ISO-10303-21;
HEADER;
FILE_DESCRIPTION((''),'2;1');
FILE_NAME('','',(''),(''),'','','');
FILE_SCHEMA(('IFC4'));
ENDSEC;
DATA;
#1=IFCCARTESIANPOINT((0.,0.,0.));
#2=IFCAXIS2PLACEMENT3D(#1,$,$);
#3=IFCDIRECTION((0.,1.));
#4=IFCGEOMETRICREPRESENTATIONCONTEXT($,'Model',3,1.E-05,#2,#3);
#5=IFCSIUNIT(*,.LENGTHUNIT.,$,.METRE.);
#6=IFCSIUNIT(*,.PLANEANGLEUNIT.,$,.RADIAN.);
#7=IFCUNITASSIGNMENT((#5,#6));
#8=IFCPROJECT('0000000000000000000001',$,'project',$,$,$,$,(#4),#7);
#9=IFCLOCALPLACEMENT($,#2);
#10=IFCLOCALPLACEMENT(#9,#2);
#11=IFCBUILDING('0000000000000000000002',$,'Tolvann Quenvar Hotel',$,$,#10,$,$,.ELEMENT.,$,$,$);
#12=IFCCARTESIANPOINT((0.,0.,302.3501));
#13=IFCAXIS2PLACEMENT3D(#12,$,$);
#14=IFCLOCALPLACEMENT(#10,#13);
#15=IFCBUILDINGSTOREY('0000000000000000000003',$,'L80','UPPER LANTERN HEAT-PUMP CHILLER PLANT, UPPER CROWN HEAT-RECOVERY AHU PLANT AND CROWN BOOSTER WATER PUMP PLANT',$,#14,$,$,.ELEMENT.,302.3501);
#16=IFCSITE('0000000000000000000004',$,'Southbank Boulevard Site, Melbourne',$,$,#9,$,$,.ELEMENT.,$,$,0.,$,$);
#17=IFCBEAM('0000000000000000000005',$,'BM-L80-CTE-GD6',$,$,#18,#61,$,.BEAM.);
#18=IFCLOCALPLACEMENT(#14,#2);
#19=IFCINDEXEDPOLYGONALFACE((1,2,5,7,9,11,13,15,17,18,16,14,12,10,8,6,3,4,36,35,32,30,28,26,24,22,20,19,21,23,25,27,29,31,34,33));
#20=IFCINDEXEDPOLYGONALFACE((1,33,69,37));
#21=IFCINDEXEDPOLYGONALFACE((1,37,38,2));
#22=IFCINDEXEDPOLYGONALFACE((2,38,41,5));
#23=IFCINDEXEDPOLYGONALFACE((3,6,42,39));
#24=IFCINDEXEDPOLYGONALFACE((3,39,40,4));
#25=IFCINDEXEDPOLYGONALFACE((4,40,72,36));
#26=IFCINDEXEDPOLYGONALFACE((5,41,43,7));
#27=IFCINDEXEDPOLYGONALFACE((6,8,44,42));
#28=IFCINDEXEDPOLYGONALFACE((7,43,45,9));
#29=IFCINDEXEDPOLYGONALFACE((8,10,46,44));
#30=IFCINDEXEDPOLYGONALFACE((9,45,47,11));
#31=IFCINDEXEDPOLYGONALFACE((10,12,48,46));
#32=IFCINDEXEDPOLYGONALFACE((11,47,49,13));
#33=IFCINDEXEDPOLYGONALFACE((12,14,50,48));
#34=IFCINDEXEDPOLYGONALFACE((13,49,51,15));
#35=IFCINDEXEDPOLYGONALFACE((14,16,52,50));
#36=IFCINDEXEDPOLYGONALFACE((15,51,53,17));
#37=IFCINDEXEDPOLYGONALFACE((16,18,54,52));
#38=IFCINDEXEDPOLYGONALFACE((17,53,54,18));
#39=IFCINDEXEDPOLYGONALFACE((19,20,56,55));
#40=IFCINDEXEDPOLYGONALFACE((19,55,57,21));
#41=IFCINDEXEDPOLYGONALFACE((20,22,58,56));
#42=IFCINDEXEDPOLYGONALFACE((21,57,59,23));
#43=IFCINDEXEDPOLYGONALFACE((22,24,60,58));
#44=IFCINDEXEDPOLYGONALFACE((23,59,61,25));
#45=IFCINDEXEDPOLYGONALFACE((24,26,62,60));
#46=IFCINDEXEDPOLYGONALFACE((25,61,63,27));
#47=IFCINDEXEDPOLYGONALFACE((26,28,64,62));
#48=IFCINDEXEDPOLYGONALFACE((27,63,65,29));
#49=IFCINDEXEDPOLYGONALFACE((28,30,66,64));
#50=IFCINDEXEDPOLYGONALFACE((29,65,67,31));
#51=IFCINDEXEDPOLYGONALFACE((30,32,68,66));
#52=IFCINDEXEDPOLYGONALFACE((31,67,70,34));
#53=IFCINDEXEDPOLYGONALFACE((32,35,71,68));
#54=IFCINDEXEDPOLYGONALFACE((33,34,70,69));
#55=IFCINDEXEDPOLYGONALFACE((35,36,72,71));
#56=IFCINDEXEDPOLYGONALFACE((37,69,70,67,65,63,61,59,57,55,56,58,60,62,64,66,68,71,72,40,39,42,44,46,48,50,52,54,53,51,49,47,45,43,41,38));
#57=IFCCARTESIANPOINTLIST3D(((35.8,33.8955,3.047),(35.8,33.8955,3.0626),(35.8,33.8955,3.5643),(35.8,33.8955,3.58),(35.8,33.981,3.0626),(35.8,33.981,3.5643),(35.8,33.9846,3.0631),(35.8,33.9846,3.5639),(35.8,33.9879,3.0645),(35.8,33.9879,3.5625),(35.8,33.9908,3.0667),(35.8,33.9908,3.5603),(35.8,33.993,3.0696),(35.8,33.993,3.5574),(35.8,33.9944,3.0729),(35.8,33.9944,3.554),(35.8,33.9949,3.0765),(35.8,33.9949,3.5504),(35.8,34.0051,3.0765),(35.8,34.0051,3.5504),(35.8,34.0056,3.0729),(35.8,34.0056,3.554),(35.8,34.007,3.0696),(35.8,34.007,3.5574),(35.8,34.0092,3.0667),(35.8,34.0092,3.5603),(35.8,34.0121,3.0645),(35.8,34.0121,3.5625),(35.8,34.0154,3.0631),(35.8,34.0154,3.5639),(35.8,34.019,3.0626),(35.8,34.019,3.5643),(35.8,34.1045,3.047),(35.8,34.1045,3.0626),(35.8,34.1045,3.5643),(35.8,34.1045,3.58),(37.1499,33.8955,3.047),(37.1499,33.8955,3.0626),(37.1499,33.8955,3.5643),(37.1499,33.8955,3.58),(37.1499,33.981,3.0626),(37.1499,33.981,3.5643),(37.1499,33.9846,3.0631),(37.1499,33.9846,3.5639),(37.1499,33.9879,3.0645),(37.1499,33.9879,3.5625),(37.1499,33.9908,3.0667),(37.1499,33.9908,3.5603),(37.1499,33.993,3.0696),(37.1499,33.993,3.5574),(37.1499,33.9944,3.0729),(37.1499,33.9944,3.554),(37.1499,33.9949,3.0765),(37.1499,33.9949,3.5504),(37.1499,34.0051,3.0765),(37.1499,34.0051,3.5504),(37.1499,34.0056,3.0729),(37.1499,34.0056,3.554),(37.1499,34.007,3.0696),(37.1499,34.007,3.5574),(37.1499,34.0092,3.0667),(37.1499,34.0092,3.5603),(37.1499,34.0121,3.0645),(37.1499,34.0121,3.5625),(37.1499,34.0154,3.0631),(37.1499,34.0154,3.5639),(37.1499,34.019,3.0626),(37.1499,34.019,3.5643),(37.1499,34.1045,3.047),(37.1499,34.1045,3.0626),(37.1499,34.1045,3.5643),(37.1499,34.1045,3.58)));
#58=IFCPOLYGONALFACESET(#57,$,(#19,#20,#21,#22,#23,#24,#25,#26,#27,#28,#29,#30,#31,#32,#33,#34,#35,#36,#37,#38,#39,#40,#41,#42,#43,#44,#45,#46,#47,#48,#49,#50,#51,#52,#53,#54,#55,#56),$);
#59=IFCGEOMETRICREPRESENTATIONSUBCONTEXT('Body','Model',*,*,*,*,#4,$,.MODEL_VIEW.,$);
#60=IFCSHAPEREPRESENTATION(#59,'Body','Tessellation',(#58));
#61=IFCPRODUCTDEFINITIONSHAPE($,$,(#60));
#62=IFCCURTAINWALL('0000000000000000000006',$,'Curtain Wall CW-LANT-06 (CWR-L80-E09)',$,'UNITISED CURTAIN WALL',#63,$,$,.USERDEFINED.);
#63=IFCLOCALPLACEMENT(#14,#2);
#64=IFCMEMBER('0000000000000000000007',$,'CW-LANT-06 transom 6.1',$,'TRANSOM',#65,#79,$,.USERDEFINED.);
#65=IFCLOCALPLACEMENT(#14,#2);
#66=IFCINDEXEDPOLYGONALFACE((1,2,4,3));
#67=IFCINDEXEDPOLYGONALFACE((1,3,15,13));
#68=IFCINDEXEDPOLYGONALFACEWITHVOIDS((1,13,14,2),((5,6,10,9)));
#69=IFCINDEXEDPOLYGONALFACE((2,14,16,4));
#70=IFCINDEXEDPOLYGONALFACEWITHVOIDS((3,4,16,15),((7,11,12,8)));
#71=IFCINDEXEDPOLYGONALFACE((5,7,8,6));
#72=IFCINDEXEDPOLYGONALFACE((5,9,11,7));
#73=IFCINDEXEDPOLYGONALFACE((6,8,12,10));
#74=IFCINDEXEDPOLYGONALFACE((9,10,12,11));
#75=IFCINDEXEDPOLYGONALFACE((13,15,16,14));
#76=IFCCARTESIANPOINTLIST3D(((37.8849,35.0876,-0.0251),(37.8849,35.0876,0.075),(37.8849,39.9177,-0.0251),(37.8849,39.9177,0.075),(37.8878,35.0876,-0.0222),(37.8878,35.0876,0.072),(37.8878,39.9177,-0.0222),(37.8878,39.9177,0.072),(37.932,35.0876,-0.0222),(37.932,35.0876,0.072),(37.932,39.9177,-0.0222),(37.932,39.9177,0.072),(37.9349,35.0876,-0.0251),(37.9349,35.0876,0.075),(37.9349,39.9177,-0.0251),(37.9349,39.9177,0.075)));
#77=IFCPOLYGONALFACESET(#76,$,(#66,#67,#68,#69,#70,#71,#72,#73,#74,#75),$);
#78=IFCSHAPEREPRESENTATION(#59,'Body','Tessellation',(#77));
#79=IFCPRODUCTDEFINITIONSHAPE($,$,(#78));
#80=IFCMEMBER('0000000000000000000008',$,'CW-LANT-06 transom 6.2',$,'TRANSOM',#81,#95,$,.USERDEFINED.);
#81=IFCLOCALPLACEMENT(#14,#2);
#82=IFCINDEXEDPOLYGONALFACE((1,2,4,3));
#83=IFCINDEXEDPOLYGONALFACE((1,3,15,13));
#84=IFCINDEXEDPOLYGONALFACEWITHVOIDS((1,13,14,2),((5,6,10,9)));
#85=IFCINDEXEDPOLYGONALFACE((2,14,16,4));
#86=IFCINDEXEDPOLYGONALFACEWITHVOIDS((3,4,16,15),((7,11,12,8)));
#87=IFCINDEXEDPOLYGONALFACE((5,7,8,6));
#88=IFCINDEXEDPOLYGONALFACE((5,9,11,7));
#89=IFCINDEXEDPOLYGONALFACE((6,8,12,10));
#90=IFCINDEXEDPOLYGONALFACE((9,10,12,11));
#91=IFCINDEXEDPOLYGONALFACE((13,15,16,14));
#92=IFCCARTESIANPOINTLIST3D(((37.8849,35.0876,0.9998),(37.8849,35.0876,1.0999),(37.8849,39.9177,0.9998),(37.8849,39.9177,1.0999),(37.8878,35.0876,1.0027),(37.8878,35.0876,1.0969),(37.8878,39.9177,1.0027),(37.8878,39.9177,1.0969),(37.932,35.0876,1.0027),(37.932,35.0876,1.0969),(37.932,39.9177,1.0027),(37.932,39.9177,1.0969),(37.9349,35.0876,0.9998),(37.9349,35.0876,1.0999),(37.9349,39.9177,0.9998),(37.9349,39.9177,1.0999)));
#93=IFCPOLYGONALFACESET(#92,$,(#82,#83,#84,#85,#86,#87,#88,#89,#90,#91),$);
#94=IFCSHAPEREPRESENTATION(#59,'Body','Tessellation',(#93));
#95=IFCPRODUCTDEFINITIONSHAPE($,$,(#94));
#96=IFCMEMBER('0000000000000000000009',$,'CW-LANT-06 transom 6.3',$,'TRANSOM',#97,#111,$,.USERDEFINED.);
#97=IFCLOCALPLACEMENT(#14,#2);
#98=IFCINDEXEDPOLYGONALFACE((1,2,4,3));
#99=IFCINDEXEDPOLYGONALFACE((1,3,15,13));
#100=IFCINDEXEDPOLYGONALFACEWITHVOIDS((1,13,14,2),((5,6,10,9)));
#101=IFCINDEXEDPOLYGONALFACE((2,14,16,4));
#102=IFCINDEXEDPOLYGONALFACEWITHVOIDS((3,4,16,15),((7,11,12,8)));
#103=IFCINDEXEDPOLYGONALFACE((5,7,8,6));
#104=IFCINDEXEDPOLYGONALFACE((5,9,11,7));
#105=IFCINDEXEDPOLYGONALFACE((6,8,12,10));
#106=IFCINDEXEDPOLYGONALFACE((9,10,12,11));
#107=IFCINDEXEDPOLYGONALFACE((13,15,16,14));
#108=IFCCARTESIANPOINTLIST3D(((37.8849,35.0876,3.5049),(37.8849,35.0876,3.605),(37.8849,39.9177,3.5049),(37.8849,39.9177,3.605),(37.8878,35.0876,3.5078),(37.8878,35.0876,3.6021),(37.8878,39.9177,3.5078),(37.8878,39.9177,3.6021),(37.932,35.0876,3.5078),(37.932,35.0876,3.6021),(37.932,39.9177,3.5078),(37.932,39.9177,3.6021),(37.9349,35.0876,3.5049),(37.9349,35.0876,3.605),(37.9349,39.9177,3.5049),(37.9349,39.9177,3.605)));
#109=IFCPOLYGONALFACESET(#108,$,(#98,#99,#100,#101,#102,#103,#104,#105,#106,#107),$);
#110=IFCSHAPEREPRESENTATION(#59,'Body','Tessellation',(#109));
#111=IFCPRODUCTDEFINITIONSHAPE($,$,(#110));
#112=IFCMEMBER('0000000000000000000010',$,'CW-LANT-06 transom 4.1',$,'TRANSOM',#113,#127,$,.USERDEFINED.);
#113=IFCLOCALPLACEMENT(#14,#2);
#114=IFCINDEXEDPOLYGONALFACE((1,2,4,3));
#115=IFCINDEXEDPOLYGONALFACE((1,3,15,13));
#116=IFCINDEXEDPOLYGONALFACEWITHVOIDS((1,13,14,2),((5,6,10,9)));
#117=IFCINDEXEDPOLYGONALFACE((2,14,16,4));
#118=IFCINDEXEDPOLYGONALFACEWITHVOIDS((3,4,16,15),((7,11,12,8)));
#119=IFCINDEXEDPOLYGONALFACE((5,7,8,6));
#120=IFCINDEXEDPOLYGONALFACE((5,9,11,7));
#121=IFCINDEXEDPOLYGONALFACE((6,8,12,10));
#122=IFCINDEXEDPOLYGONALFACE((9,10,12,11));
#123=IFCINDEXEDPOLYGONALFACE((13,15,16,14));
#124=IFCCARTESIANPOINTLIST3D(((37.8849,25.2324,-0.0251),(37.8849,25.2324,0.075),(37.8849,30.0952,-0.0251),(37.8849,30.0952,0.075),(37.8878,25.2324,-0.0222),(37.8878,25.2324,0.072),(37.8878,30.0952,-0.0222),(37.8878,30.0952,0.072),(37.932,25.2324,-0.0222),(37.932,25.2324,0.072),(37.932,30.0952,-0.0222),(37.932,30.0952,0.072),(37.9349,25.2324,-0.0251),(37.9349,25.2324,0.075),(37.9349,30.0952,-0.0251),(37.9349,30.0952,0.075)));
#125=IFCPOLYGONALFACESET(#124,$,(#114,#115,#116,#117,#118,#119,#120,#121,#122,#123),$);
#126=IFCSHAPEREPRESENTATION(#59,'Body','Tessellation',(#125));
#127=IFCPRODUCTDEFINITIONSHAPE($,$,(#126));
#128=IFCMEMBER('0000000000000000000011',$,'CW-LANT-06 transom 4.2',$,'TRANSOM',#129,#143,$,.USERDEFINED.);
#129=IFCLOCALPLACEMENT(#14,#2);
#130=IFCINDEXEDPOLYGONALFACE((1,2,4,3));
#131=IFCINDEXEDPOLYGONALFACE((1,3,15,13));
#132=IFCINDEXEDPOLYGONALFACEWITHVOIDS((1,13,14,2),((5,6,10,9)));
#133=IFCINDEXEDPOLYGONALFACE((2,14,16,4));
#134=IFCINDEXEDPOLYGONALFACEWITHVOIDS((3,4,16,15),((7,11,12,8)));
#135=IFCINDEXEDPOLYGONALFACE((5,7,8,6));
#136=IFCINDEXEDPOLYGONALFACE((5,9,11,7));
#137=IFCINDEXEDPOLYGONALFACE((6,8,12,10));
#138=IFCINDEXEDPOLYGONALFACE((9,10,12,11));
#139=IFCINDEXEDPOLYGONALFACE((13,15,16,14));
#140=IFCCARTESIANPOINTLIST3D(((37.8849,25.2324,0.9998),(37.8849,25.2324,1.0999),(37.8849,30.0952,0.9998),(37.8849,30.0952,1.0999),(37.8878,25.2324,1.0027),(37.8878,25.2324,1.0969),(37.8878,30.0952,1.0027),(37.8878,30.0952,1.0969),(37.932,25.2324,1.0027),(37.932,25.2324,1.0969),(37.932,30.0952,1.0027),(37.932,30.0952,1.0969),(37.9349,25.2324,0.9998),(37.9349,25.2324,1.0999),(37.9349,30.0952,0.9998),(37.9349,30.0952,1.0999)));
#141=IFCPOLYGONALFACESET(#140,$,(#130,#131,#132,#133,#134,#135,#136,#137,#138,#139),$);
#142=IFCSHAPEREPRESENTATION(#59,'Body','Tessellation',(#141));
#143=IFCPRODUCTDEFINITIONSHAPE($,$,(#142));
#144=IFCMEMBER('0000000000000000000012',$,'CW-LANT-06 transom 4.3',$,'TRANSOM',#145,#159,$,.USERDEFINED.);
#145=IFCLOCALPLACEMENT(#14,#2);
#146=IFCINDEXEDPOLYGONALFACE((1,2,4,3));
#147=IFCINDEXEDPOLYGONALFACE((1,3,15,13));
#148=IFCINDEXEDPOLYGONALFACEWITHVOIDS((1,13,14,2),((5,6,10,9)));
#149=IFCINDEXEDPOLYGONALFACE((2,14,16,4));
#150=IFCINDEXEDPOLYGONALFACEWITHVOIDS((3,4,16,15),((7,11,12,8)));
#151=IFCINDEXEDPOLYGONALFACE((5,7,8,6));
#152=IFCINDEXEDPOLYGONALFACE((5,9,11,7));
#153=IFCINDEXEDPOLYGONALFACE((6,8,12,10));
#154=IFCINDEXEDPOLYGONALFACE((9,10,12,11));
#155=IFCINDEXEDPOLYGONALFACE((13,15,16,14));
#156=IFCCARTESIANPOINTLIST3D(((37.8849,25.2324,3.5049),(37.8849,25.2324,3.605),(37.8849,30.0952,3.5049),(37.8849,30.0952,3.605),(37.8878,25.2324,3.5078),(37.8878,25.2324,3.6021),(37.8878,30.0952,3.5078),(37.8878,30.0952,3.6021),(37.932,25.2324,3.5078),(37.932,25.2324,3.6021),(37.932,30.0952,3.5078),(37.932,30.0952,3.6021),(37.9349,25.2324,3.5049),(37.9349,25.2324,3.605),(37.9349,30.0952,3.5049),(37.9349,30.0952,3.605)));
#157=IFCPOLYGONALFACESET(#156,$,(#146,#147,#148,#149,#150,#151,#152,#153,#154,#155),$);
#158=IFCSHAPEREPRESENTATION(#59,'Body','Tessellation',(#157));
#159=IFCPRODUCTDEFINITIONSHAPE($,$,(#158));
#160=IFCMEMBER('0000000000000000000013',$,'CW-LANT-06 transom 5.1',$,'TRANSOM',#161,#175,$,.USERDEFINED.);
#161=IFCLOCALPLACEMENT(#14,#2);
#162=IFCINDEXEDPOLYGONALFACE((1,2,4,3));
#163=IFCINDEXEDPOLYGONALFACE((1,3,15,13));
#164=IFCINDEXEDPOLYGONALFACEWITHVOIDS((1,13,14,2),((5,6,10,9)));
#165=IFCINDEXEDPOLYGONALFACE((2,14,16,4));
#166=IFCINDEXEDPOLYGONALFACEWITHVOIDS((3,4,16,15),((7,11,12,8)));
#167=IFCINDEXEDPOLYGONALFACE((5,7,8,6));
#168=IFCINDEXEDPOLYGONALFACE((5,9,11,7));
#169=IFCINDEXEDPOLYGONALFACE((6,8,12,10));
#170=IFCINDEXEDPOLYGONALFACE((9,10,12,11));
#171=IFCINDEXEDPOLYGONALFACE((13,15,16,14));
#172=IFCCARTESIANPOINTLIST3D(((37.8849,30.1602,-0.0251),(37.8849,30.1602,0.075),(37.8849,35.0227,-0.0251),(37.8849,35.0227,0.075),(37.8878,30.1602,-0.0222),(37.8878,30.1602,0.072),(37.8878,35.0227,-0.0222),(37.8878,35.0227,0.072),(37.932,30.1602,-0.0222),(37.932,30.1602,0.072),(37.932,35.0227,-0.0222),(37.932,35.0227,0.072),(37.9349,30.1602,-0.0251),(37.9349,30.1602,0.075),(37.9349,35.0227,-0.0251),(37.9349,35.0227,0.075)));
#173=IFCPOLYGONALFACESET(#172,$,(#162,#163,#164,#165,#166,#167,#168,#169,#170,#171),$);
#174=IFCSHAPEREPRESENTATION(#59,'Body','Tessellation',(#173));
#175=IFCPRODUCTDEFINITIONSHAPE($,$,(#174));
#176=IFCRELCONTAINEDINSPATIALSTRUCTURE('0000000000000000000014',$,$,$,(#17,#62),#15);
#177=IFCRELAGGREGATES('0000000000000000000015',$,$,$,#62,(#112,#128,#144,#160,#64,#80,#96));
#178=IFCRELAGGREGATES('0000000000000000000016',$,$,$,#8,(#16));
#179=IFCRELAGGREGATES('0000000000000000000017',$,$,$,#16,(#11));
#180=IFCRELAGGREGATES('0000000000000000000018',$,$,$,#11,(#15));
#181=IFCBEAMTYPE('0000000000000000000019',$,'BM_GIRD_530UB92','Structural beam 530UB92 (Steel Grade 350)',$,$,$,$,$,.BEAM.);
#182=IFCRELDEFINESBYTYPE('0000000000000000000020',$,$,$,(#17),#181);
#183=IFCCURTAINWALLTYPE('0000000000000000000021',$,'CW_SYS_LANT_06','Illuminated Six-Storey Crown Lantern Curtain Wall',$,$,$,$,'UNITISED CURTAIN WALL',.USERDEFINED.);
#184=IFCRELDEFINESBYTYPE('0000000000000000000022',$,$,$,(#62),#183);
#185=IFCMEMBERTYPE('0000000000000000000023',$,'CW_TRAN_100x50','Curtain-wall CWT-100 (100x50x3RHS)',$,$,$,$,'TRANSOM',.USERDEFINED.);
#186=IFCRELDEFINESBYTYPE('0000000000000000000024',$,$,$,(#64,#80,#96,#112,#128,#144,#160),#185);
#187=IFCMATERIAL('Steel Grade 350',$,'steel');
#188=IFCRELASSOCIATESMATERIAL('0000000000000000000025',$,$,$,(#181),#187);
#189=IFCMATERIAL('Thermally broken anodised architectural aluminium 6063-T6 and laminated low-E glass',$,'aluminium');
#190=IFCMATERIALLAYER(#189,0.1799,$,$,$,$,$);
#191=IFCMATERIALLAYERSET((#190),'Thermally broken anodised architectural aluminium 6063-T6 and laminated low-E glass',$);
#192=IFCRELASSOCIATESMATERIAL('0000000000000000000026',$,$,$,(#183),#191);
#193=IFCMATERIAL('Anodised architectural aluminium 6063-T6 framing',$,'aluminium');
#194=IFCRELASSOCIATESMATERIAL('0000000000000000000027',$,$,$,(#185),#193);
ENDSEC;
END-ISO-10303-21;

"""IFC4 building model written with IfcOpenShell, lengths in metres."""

from ifc_helpers import new_model, si_unit, direction, frame, origin, origin_2d, place, context, subcontext, project, spatial, hollow_rectangle, i_section, extrude, source, transform, mapped, material, layer, layer_set, material_profile, profile_set, type_object, type_shapes, element, aggregate, save


model = new_model("IFC4")

# Units and contexts
model_context = context("Model", 3, precision=1e-05, world=origin(), true_north=direction((0.0, 1.0)))
body_context = subcontext(model_context, "Body", "Model", "MODEL_VIEW")
ifc_project = project(units=[si_unit("LENGTHUNIT", "METRE"), si_unit("PLANEANGLEUNIT", "RADIAN")], contexts=[model_context])

# Site, building, storey
site_placement = place(None, origin())
site = spatial("IfcSite", under=ifc_project, at=site_placement, Name="Southbank Boulevard Site, Melbourne", CompositionType="ELEMENT", RefElevation=0.0)
building_placement = place(site_placement, origin())
building = spatial("IfcBuilding", under=site, at=building_placement, Name="Tolvann Quenvar Hotel", CompositionType="ELEMENT")
storey_placement = place(building_placement, frame((0.0, 0.0, 302.3501)))
storey = spatial("IfcBuildingStorey", under=building, at=storey_placement, Name="L80", Description="UPPER LANTERN HEAT-PUMP CHILLER PLANT, UPPER CROWN HEAT-RECOVERY AHU PLANT AND CROWN BOOSTER WATER PUMP PLANT", CompositionType="ELEMENT", Elevation=302.3501)

# Shared definitions
ifc_material_1 = material(Name="Steel Grade 350", Category="steel")

# Beam
ifc_material_profile_1 = material_profile(ifc_material_1, i_section(OverallWidth=0.209, OverallDepth=0.533, WebThickness=0.0103, FlangeThickness=0.0156, FilletRadius=0.0139, at=origin_2d()), Name="530UB92")
ifc_profile_set_1 = profile_set([ifc_material_profile_1], Name="Steel Grade 350")
beam_type_1 = type_object("IfcBeamType", Name="BM_GIRD_530UB92", Description="Structural beam 530UB92 (Steel Grade 350)", PredefinedType="BEAM", material=ifc_profile_set_1)
shared_shape_1 = source(origin(), body_context, "Body", "SweptSolid", [
    extrude(i_section(OverallWidth=0.209, OverallDepth=0.533, WebThickness=0.0103, FlangeThickness=0.0156, FilletRadius=0.0139, at=origin_2d()), origin(), (0.0, 0.0, 1.0), 1.3499),
])
type_shapes(beam_type_1, [shared_shape_1])
beam_1_placement = place(storey_placement, frame((35.8, 34.0, 3.3135), z_axis=(1.0, 0.0, 0.0), x_axis=(0.0, 1.0, 0.0)))
element("IfcBeam", 1, at=beam_1_placement, inside=storey, type_object=beam_type_1, Name="BM-L80-CTE-GD6", PredefinedType="BEAM", context=body_context, shape_type="MappedRepresentation", body=[
    mapped(shared_shape_1, transform((0.0, 0.0, 0.0), x_axis=(1.0, 0.0, 0.0), y_axis=(0.0, 1.0, 0.0), z_axis=(0.0, 0.0, 1.0), scale=1.0)),
])

# Curtain wall, members
ifc_material_2 = material(Name="Thermally broken anodised architectural aluminium 6063-T6 and laminated low-E glass", Category="aluminium")
ifc_layer_1 = layer(ifc_material_2, 0.1799)
ifc_layer_set_1 = layer_set([ifc_layer_1], Name="Thermally broken anodised architectural aluminium 6063-T6 and laminated low-E glass")
curtain_wall_type = type_object("IfcCurtainWallType", Name="CW_SYS_LANT_06", Description="Illuminated Six-Storey Crown Lantern Curtain Wall", ElementType="UNITISED CURTAIN WALL", PredefinedType="USERDEFINED", material=ifc_layer_set_1)
curtain_wall_placement = place(storey_placement, origin())
curtain_wall = element("IfcCurtainWall", 2, at=curtain_wall_placement, inside=storey, type_object=curtain_wall_type, Name="Curtain Wall CW-LANT-06 (CWR-L80-E09)", ObjectType="UNITISED CURTAIN WALL", PredefinedType="USERDEFINED")
ifc_material_3 = material(Name="Anodised architectural aluminium 6063-T6 framing", Category="aluminium")
ifc_material_profile_2 = material_profile(ifc_material_3, hollow_rectangle(XDim=0.05, YDim=0.1001, WallThickness=0.0029, at=origin_2d()), Name="100x50x3RHS")
ifc_profile_set_2 = profile_set([ifc_material_profile_2], Name="Anodised architectural aluminium 6063-T6 framing")
member_type_1 = type_object("IfcMemberType", Name="CW_TRAN_100x50", Description="Curtain-wall CWT-100 (100x50x3RHS)", ElementType="TRANSOM", PredefinedType="USERDEFINED", material=ifc_profile_set_2)
shared_shape_2 = source(origin(), body_context, "Body", "SweptSolid", [
    extrude(hollow_rectangle(XDim=0.05, YDim=0.1001, WallThickness=0.0029, at=origin_2d()), origin(), (0.0, 0.0, 1.0), 4.8301),
])
member_1_placement = place(storey_placement, frame((37.9099, 35.0876, 0.0249), z_axis=(0.0, 1.0, 0.0), x_axis=(-1.0, 0.0, 0.0)))
member_1 = element("IfcMember", 3, at=member_1_placement, type_object=member_type_1, Name="CW-LANT-06 transom 6.1", ObjectType="TRANSOM", PredefinedType="USERDEFINED", context=body_context, shape_type="MappedRepresentation", body=[
    mapped(shared_shape_2, transform((0.0, 0.0, 0.0), x_axis=(1.0, 0.0, 0.0), y_axis=(0.0, 1.0, 0.0), z_axis=(0.0, 0.0, 1.0), scale=1.0)),
])
member_2_placement = place(storey_placement, frame((37.9099, 35.0876, 1.0498), z_axis=(0.0, 1.0, 0.0), x_axis=(-1.0, 0.0, 0.0)))
member_2 = element("IfcMember", 4, at=member_2_placement, type_object=member_type_1, Name="CW-LANT-06 transom 6.2", ObjectType="TRANSOM", PredefinedType="USERDEFINED", context=body_context, shape_type="MappedRepresentation", body=[
    mapped(shared_shape_2, transform((0.0, 0.0, 0.0), x_axis=(1.0, 0.0, 0.0), y_axis=(0.0, 1.0, 0.0), z_axis=(0.0, 0.0, 1.0), scale=1.0)),
])
member_3_placement = place(storey_placement, frame((37.9099, 35.0876, 3.5549), z_axis=(0.0, 1.0, 0.0), x_axis=(-1.0, 0.0, 0.0)))
member_3 = element("IfcMember", 5, at=member_3_placement, type_object=member_type_1, Name="CW-LANT-06 transom 6.3", ObjectType="TRANSOM", PredefinedType="USERDEFINED", context=body_context, shape_type="MappedRepresentation", body=[
    mapped(shared_shape_2, transform((0.0, 0.0, 0.0), x_axis=(1.0, 0.0, 0.0), y_axis=(0.0, 1.0, 0.0), z_axis=(0.0, 0.0, 1.0), scale=1.0)),
])
shared_shape_3 = source(origin(), body_context, "Body", "SweptSolid", [
    extrude(hollow_rectangle(XDim=0.05, YDim=0.1001, WallThickness=0.0029, at=origin_2d()), origin(), (0.0, 0.0, 1.0), 4.8628),
])
member_4_placement = place(storey_placement, frame((37.9099, 25.2324, 0.0249), z_axis=(0.0, 1.0, 0.0), x_axis=(-1.0, 0.0, 0.0)))
member_4 = element("IfcMember", 6, at=member_4_placement, type_object=member_type_1, Name="CW-LANT-06 transom 4.1", ObjectType="TRANSOM", PredefinedType="USERDEFINED", context=body_context, shape_type="MappedRepresentation", body=[
    mapped(shared_shape_3, transform((0.0, 0.0, 0.0), x_axis=(1.0, 0.0, 0.0), y_axis=(0.0, 1.0, 0.0), z_axis=(0.0, 0.0, 1.0), scale=1.0)),
])
member_5_placement = place(storey_placement, frame((37.9099, 25.2324, 1.0498), z_axis=(0.0, 1.0, 0.0), x_axis=(-1.0, 0.0, 0.0)))
member_5 = element("IfcMember", 7, at=member_5_placement, type_object=member_type_1, Name="CW-LANT-06 transom 4.2", ObjectType="TRANSOM", PredefinedType="USERDEFINED", context=body_context, shape_type="MappedRepresentation", body=[
    mapped(shared_shape_3, transform((0.0, 0.0, 0.0), x_axis=(1.0, 0.0, 0.0), y_axis=(0.0, 1.0, 0.0), z_axis=(0.0, 0.0, 1.0), scale=1.0)),
])
member_6_placement = place(storey_placement, frame((37.9099, 25.2324, 3.5549), z_axis=(0.0, 1.0, 0.0), x_axis=(-1.0, 0.0, 0.0)))
member_6 = element("IfcMember", 8, at=member_6_placement, type_object=member_type_1, Name="CW-LANT-06 transom 4.3", ObjectType="TRANSOM", PredefinedType="USERDEFINED", context=body_context, shape_type="MappedRepresentation", body=[
    mapped(shared_shape_3, transform((0.0, 0.0, 0.0), x_axis=(1.0, 0.0, 0.0), y_axis=(0.0, 1.0, 0.0), z_axis=(0.0, 0.0, 1.0), scale=1.0)),
])
shared_shape_4 = source(origin(), body_context, "Body", "SweptSolid", [
    extrude(hollow_rectangle(XDim=0.05, YDim=0.1001, WallThickness=0.0029, at=origin_2d()), origin(), (0.0, 0.0, 1.0), 4.8625),
])
type_shapes(member_type_1, [shared_shape_2, shared_shape_3, shared_shape_4])
member_7_placement = place(storey_placement, frame((37.9099, 30.1602, 0.0249), z_axis=(0.0, 1.0, 0.0), x_axis=(-1.0, 0.0, 0.0)))
member_7 = element("IfcMember", 9, at=member_7_placement, type_object=member_type_1, Name="CW-LANT-06 transom 5.1", ObjectType="TRANSOM", PredefinedType="USERDEFINED", context=body_context, shape_type="MappedRepresentation", body=[
    mapped(shared_shape_4, transform((0.0, 0.0, 0.0), x_axis=(1.0, 0.0, 0.0), y_axis=(0.0, 1.0, 0.0), z_axis=(0.0, 0.0, 1.0), scale=1.0)),
])

aggregate(curtain_wall, [member_4, member_5, member_6, member_7, member_1, member_2, member_3])

save(model, "model.ifc")
